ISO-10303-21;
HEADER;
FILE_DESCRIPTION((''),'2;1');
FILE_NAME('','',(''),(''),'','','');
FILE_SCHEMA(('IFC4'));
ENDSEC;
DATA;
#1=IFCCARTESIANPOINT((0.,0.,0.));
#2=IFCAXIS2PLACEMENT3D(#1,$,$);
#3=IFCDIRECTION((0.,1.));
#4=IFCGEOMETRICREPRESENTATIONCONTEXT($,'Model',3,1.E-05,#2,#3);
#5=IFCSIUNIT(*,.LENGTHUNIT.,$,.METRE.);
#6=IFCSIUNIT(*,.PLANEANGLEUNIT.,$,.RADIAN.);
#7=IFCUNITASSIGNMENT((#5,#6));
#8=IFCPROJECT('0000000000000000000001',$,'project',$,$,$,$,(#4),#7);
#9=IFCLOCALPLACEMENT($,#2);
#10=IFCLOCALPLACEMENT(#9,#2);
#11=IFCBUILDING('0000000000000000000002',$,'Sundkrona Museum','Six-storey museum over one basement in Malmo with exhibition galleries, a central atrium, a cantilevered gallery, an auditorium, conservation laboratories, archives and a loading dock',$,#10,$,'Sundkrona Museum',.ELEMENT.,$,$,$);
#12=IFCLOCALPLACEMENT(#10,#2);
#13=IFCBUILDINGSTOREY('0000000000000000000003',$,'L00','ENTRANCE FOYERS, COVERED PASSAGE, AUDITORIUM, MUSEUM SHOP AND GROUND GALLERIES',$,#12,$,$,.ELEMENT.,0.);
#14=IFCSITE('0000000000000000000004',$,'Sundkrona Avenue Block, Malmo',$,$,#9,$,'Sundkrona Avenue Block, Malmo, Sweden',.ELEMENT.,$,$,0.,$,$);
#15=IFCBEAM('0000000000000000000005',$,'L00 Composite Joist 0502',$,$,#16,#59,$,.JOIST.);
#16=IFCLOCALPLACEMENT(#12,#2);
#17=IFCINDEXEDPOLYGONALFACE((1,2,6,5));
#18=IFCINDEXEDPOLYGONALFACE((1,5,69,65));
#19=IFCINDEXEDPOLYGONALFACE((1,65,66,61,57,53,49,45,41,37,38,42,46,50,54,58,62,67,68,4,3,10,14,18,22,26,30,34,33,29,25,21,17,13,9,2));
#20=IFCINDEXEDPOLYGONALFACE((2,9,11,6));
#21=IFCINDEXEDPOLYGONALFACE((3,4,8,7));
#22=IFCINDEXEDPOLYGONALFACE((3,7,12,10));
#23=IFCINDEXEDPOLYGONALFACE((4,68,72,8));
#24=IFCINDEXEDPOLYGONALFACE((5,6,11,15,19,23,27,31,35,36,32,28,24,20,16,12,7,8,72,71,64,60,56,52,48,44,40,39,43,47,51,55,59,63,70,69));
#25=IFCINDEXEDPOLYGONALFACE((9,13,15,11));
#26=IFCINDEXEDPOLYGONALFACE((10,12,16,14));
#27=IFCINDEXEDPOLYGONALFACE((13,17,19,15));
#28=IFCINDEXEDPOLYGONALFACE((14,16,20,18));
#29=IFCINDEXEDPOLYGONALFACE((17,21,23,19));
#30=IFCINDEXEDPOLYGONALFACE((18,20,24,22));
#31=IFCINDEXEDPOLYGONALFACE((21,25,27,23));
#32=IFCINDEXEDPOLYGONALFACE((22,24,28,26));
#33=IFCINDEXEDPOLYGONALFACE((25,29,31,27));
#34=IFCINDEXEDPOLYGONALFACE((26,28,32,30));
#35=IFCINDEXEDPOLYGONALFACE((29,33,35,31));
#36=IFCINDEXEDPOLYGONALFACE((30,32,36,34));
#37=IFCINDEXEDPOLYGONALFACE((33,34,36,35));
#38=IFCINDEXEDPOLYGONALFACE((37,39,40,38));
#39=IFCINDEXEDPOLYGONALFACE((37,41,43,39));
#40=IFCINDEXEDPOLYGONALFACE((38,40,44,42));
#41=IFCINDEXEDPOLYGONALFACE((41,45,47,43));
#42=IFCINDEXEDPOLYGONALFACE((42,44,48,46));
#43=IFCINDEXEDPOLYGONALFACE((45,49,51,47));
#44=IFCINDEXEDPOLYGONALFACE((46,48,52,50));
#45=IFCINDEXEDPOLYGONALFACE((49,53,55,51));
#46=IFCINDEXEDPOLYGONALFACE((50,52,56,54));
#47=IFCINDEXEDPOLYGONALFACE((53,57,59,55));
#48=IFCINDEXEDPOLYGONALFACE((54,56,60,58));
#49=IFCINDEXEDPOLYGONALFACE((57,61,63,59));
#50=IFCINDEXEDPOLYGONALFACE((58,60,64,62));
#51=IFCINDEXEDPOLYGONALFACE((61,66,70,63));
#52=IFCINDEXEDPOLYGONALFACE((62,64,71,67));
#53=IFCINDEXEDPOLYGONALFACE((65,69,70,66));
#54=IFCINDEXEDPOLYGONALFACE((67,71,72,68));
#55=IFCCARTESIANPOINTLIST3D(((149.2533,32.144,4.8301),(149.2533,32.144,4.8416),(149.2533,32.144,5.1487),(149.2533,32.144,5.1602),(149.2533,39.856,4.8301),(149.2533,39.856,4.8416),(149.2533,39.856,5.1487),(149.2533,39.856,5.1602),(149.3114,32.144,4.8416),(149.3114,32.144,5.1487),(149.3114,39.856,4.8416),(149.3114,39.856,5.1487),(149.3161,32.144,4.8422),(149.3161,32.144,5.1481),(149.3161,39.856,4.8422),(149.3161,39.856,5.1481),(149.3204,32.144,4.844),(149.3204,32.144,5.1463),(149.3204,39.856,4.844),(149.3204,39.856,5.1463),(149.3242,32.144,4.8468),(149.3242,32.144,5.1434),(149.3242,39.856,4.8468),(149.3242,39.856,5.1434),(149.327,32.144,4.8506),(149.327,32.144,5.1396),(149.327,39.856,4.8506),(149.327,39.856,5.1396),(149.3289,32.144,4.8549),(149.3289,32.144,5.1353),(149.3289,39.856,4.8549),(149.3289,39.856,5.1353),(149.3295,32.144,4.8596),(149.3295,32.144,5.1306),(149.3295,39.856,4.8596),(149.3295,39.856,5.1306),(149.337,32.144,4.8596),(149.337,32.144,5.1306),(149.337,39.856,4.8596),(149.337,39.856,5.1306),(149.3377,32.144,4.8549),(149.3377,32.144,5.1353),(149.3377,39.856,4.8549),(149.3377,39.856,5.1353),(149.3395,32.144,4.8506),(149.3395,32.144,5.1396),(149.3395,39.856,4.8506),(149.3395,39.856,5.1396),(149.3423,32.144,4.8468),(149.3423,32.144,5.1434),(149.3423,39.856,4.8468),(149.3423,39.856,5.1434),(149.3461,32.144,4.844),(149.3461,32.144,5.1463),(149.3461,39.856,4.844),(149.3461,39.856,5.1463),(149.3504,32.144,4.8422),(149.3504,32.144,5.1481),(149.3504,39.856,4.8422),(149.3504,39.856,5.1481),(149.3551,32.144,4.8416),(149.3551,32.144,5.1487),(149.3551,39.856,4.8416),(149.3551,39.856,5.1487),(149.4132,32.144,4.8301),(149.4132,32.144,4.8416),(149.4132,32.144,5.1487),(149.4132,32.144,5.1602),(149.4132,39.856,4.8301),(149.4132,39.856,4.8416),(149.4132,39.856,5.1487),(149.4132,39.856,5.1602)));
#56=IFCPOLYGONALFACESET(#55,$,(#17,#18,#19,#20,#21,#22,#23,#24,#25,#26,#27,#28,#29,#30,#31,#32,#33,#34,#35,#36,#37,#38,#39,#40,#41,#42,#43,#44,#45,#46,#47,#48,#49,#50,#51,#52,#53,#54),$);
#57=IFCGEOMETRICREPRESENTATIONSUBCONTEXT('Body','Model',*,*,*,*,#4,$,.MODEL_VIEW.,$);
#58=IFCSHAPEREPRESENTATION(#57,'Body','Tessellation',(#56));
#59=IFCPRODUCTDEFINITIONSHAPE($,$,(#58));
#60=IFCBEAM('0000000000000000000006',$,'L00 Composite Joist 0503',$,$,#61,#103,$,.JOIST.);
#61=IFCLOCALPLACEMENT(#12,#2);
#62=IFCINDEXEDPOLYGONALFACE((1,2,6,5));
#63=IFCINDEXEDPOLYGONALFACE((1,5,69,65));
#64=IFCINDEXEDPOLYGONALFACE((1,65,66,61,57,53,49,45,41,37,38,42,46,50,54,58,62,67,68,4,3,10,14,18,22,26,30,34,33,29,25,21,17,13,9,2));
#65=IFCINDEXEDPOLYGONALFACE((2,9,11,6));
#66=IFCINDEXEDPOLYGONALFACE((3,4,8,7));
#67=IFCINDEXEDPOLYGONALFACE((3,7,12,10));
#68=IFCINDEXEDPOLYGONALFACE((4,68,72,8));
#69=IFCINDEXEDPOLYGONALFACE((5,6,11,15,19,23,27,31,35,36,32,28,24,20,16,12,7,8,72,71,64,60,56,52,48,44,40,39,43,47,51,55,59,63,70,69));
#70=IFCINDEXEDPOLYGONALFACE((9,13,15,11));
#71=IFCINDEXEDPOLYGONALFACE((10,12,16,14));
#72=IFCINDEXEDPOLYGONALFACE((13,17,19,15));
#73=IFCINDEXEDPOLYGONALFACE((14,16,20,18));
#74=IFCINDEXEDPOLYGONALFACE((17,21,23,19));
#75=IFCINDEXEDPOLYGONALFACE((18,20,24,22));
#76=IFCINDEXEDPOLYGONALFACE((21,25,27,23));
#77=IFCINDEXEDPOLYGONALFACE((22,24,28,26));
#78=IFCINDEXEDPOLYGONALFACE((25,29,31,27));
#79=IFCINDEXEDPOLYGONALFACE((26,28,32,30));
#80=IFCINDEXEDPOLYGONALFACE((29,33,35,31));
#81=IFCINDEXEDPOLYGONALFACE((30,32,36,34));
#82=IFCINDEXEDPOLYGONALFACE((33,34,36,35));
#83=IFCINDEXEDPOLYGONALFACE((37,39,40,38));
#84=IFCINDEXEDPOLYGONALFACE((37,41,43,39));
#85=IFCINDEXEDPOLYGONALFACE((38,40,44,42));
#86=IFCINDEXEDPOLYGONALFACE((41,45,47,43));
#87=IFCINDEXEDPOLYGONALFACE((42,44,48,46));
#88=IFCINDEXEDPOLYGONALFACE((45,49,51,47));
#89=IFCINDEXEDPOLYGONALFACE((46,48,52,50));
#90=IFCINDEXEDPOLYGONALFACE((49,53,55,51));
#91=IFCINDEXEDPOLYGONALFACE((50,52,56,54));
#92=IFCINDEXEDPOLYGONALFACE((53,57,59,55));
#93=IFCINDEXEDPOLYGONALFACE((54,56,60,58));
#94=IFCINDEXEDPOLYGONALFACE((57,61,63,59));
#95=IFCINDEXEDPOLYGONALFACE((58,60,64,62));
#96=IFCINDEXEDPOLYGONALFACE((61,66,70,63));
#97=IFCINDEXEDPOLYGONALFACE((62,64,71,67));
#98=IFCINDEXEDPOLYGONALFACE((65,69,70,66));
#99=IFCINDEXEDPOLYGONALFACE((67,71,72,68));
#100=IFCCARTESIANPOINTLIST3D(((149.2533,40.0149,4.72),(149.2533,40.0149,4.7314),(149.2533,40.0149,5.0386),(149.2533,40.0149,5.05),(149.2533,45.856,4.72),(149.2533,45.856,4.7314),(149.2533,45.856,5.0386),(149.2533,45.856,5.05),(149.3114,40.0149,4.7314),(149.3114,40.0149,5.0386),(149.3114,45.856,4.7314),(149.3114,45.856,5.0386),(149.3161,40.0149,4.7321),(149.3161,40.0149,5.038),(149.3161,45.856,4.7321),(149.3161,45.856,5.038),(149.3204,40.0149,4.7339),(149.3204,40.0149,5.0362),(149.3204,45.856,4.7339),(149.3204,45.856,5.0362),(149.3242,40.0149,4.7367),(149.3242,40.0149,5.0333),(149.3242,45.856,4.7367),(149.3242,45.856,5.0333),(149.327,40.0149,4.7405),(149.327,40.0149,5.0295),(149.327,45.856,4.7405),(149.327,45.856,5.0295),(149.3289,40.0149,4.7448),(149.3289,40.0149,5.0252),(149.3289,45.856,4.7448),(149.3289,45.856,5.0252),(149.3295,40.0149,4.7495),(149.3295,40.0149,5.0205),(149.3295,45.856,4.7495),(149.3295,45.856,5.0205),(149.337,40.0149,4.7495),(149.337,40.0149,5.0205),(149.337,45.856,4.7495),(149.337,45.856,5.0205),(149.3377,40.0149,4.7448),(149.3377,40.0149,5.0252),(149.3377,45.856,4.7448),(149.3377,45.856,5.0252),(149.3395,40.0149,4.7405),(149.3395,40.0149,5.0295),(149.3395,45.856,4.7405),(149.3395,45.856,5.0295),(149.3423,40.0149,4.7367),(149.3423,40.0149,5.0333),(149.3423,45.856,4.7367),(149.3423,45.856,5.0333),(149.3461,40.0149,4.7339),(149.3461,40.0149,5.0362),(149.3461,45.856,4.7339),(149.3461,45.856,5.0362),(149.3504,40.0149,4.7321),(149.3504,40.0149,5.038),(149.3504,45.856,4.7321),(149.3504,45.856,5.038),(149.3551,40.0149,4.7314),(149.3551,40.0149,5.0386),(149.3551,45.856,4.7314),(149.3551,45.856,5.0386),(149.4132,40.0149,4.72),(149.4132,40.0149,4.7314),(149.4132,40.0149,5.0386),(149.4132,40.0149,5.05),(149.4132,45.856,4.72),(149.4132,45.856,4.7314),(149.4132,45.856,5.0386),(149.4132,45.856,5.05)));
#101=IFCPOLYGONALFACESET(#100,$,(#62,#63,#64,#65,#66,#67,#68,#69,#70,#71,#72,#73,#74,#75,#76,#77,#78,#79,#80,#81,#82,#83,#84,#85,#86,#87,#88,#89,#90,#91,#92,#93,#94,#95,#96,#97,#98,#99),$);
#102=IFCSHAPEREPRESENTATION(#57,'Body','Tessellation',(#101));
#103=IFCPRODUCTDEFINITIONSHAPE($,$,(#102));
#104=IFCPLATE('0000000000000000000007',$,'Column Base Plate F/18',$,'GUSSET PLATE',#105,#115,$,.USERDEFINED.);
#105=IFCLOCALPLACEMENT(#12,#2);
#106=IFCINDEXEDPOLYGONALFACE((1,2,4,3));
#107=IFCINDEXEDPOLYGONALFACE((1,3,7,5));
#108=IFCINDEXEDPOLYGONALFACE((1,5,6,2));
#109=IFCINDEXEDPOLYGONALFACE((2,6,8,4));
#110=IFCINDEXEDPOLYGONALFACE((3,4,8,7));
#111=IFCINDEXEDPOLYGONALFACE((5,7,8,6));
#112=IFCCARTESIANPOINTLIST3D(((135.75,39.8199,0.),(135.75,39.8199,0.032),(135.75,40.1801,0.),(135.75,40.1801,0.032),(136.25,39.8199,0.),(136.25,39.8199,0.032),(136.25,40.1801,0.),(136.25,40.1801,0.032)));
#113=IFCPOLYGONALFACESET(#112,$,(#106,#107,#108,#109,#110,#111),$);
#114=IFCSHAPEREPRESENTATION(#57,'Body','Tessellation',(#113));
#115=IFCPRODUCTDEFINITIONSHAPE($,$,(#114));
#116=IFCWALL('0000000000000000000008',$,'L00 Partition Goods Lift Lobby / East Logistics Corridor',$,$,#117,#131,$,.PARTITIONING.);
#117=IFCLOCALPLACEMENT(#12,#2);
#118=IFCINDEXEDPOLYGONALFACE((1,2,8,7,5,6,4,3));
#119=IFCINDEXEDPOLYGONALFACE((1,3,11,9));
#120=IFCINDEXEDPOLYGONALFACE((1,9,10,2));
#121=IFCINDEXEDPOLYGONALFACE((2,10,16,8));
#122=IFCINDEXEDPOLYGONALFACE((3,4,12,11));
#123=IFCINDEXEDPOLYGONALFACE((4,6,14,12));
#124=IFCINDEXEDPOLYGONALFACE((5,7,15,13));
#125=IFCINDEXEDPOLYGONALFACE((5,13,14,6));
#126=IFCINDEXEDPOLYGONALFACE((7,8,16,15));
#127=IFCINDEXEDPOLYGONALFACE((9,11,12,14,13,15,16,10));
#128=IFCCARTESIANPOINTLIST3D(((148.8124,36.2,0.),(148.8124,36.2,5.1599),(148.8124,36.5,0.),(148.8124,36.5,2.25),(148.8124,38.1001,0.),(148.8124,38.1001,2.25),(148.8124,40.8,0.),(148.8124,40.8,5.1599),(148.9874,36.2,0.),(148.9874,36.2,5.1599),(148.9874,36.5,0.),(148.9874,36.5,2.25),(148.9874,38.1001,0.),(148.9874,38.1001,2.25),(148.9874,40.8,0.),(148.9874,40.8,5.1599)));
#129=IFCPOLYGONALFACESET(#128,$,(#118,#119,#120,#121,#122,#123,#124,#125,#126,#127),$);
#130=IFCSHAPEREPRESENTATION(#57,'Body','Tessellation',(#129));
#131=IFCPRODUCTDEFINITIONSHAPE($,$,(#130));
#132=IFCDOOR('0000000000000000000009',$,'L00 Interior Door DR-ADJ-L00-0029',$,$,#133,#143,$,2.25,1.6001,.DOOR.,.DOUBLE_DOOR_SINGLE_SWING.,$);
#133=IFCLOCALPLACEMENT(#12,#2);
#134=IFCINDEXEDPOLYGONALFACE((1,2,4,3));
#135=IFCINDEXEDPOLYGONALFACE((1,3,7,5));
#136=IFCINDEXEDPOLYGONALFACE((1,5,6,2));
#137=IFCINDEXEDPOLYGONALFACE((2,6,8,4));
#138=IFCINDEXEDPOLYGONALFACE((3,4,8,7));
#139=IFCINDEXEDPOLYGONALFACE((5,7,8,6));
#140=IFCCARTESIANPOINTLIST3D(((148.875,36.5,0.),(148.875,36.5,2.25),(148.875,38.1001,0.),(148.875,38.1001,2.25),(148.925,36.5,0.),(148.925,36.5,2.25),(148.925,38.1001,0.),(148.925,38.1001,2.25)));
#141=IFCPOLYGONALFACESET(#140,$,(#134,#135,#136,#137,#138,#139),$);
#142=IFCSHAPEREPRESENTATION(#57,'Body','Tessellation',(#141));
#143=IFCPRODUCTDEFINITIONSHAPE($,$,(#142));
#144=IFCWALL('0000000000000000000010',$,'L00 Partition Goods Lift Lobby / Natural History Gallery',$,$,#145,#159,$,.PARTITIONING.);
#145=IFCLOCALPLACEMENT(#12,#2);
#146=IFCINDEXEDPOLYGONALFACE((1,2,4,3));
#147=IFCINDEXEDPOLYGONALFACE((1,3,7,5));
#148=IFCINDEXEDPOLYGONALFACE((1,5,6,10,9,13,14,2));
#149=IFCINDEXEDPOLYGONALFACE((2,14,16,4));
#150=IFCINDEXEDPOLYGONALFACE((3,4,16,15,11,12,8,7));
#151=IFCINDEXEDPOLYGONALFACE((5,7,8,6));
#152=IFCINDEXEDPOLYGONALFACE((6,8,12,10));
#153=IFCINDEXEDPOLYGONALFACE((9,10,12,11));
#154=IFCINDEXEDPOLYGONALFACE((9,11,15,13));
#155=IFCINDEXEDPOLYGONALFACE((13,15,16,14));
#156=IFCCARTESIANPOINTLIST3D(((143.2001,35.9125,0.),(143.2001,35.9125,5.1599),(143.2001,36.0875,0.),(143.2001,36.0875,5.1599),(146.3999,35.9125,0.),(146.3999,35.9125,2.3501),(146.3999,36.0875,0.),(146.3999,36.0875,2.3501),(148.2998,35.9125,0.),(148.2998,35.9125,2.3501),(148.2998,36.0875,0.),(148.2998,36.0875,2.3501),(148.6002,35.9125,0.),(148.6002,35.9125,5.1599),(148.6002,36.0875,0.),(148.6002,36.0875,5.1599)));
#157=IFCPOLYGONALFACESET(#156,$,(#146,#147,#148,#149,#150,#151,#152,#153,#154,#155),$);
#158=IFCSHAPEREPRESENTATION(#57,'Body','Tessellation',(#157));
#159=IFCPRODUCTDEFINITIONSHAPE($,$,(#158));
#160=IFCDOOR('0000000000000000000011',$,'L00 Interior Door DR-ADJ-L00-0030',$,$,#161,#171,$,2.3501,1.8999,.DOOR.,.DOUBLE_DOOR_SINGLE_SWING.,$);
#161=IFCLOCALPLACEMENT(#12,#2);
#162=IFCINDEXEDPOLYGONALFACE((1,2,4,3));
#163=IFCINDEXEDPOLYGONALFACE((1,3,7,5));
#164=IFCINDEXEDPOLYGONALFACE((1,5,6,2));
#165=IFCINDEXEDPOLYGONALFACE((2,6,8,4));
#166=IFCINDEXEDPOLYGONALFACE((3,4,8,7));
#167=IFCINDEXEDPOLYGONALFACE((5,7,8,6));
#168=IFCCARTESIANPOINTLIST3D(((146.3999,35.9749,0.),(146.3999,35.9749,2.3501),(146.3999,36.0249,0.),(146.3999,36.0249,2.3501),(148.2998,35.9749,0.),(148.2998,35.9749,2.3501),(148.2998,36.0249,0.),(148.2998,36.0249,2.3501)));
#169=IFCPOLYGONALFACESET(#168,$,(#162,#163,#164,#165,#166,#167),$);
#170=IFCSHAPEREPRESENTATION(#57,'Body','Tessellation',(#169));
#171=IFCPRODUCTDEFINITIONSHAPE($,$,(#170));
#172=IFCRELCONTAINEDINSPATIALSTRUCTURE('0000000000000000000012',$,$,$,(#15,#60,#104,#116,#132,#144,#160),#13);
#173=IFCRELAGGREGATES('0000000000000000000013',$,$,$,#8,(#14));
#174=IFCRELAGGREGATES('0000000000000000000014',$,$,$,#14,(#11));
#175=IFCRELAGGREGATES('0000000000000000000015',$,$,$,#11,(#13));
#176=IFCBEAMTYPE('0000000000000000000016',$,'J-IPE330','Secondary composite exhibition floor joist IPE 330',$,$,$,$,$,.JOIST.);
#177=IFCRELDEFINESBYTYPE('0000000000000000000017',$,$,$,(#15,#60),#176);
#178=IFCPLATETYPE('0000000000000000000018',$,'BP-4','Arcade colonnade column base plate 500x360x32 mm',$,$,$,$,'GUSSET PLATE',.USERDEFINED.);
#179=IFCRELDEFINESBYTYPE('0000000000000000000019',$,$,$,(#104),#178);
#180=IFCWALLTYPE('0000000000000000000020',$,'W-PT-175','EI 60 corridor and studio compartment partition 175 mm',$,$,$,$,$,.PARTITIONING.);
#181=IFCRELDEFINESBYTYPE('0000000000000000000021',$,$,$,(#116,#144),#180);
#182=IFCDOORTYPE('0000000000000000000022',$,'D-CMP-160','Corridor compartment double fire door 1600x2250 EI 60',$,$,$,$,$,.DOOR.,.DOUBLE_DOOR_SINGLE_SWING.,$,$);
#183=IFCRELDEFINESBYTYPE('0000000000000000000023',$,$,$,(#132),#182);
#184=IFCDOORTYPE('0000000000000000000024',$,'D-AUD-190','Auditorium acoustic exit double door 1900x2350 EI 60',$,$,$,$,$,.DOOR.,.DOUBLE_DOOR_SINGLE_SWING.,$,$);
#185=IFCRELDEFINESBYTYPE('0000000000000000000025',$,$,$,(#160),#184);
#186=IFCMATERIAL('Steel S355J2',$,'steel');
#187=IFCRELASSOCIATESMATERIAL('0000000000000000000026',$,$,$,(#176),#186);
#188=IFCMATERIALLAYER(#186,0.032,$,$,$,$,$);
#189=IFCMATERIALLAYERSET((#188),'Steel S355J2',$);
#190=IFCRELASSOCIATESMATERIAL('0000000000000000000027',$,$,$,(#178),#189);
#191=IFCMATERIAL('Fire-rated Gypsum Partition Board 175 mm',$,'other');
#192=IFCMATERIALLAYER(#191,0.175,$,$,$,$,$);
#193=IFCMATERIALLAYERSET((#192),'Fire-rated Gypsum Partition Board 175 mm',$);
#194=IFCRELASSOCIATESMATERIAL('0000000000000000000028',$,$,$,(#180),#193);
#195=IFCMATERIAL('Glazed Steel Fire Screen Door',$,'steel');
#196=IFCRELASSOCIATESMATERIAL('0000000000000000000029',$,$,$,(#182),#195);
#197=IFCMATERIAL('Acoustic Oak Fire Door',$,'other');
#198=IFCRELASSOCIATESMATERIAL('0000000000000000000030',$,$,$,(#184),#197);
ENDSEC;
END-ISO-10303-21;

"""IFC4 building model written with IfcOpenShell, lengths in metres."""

from ifc_helpers import new_model, si_unit, direction, frame, frame_2d, origin, origin_2d, place, context, subcontext, project, spatial, rectangle, i_section, extrude, material, layer, layer_set, material_profile, profile_set, type_object, element, fill, save


model = new_model("IFC4")

# Units and contexts
model_context = context("Model", 3, precision=1e-05, world=origin(), true_north=direction((0.0, 1.0)))
body_context = subcontext(model_context, "Body", "Model", "MODEL_VIEW")
ifc_project = project(units=[si_unit("LENGTHUNIT", "METRE"), si_unit("PLANEANGLEUNIT", "RADIAN")], contexts=[model_context])

# Site, building, storey
site_placement = place(None, origin())
site = spatial("IfcSite", under=ifc_project, at=site_placement, Name="Sundkrona Avenue Block, Malmo", LongName="Sundkrona Avenue Block, Malmo, Sweden", CompositionType="ELEMENT", RefElevation=0.0)
building_placement = place(site_placement, origin())
building = spatial("IfcBuilding", under=site, at=building_placement, Name="Sundkrona Museum", Description="Six-storey museum over one basement in Malmo with exhibition galleries, a central atrium, a cantilevered gallery, an auditorium, conservation laboratories, archives and a loading dock", LongName="Sundkrona Museum", CompositionType="ELEMENT")
storey_placement = place(building_placement, origin())
storey = spatial("IfcBuildingStorey", under=building, at=storey_placement, Name="L00", Description="ENTRANCE FOYERS, COVERED PASSAGE, AUDITORIUM, MUSEUM SHOP AND GROUND GALLERIES", CompositionType="ELEMENT", Elevation=0.0)

# Shared definitions
ifc_material_1 = material(Name="Steel S355J2", Category="steel")

# Beams
ifc_material_profile_1 = material_profile(ifc_material_1, i_section(OverallWidth=0.1599, OverallDepth=0.3301, WebThickness=0.0076, FlangeThickness=0.0115, FilletRadius=0.0181, at=origin_2d()), Name="IPE 330")
ifc_profile_set_1 = profile_set([ifc_material_profile_1], Name="Steel S355J2")
beam_type_1 = type_object("IfcBeamType", Name="J-IPE330", Description="Secondary composite exhibition floor joist IPE 330", PredefinedType="JOIST", material=ifc_profile_set_1)
for number, where, z_axis, x_axis, name in (
    (1, (149.3333, 32.144, 4.9951), (0.0, 1.0, 0.0), (-1.0, 0.0, 0.0), "L00 Composite Joist 0502"),
):
    element("IfcBeam", number, at=place(storey_placement, frame(where, z_axis=z_axis, x_axis=x_axis)), inside=storey, type_object=beam_type_1, Name=name, PredefinedType="JOIST", context=body_context, shape_type="SweptSolid", body=[
        extrude(i_section(OverallWidth=0.1599, OverallDepth=0.3301, WebThickness=0.0076, FlangeThickness=0.0115, FilletRadius=0.0181, at=origin_2d()), origin(), (0.0, 0.0, 1.0), 7.7119),
    ])
beam_1_placement = place(storey_placement, frame((149.3333, 40.0149, 4.885), z_axis=(0.0, 1.0, 0.0), x_axis=(-1.0, 0.0, 0.0)))
element("IfcBeam", 2, at=beam_1_placement, inside=storey, type_object=beam_type_1, Name="L00 Composite Joist 0503", PredefinedType="JOIST", context=body_context, shape_type="SweptSolid", body=[
    extrude(i_section(OverallWidth=0.1599, OverallDepth=0.3301, WebThickness=0.0076, FlangeThickness=0.0115, FilletRadius=0.0181, at=origin_2d()), origin(), (0.0, 0.0, 1.0), 5.8411),
])

# Plate
ifc_layer_1 = layer(ifc_material_1, 0.032)
ifc_layer_set_1 = layer_set([ifc_layer_1], Name="Steel S355J2")
plate_type = type_object("IfcPlateType", Name="BP-4", Description="Arcade colonnade column base plate 500x360x32 mm", ElementType="GUSSET PLATE", PredefinedType="USERDEFINED", material=ifc_layer_set_1)
plate_placement = place(storey_placement, frame((136.0, 40.0, 0.0), z_axis=(0.0, 0.0, 1.0), x_axis=(1.0, 0.0, 0.0)))
element("IfcPlate", 3, at=plate_placement, inside=storey, type_object=plate_type, Name="Column Base Plate F/18", ObjectType="GUSSET PLATE", PredefinedType="USERDEFINED", context=body_context, shape_type="SweptSolid", body=[
    extrude(rectangle(XDim=0.5, YDim=0.3601, at=origin_2d()), origin(), (0.0, 0.0, 1.0), 0.032),
])

# Walls, openings, doors
ifc_material_2 = material(Name="Fire-rated Gypsum Partition Board 175 mm", Category="other")
ifc_layer_2 = layer(ifc_material_2, 0.175)
ifc_layer_set_2 = layer_set([ifc_layer_2], Name="Fire-rated Gypsum Partition Board 175 mm")
wall_type = type_object("IfcWallType", Name="W-PT-175", Description="EI 60 corridor and studio compartment partition 175 mm", PredefinedType="PARTITIONING", material=ifc_layer_set_2)
wall_1_placement = place(storey_placement, frame((148.8999, 36.2, 0.0), z_axis=(0.0, 0.0, 1.0), x_axis=(0.0, 1.0, 0.0)))
wall_1 = element("IfcWall", 4, at=wall_1_placement, inside=storey, type_object=wall_type, Name="L00 Partition Goods Lift Lobby / East Logistics Corridor", PredefinedType="PARTITIONING", context=body_context, shape_type="SweptSolid", body=[
    extrude(rectangle(XDim=4.6001, YDim=0.175, at=frame_2d((2.3, 0.0))), origin(), (0.0, 0.0, 1.0), 5.1599),
])
opening_1_placement = place(wall_1_placement, frame((0.3, 0.0, 0.0)))
opening_1 = element("IfcOpeningElement", 5, at=opening_1_placement, cuts=wall_1, PredefinedType="OPENING", context=body_context, shape_type="SweptSolid", body=[
    extrude(rectangle(XDim=1.6001, YDim=2.25, at=frame_2d((0.8, 1.125))), frame((0.0, 0.0974, 0.0), z_axis=(0.0, -1.0, 0.0), x_axis=(1.0, 0.0, 0.0)), (0.0, 0.0, 1.0), 0.1951),
])
ifc_material_3 = material(Name="Glazed Steel Fire Screen Door", Category="steel")
door_type_1 = type_object("IfcDoorType", Name="D-CMP-160", Description="Corridor compartment double fire door 1600x2250 EI 60", OperationType="DOUBLE_DOOR_SINGLE_SWING", PredefinedType="DOOR", material=ifc_material_3)
door_1_placement = place(opening_1_placement, origin())
door_1 = element("IfcDoor", 6, at=door_1_placement, inside=storey, type_object=door_type_1, Name="L00 Interior Door DR-ADJ-L00-0029", OperationType="DOUBLE_DOOR_SINGLE_SWING", OverallHeight=2.25, OverallWidth=1.6001, PredefinedType="DOOR", context=body_context, shape_type="SweptSolid", body=[
    extrude(rectangle(XDim=1.6001, YDim=2.25, at=frame_2d((0.8, 1.125))), frame((0.0, 0.0249, 0.0), z_axis=(0.0, -1.0, 0.0), x_axis=(1.0, 0.0, 0.0)), (0.0, 0.0, 1.0), 0.05),
])
fill(opening_1, door_1)
wall_2_placement = place(storey_placement, frame((143.2, 36.0, 0.0), z_axis=(0.0, 0.0, 1.0), x_axis=(1.0, 0.0, 0.0)))
wall_2 = element("IfcWall", 7, at=wall_2_placement, inside=storey, type_object=wall_type, Name="L00 Partition Goods Lift Lobby / Natural History Gallery", PredefinedType="PARTITIONING", context=body_context, shape_type="SweptSolid", body=[
    extrude(rectangle(XDim=5.4001, YDim=0.175, at=frame_2d((2.7002, 0.0))), origin(), (0.0, 0.0, 1.0), 5.1599),
])
opening_2_placement = place(wall_2_placement, frame((3.2, 0.0, 0.0)))
opening_2 = element("IfcOpeningElement", 8, at=opening_2_placement, cuts=wall_2, PredefinedType="OPENING", context=body_context, shape_type="SweptSolid", body=[
    extrude(rectangle(XDim=1.8999, YDim=2.3501, at=frame_2d((0.95, 1.175))), frame((0.0, 0.0974, 0.0), z_axis=(0.0, -1.0, 0.0), x_axis=(1.0, 0.0, 0.0)), (0.0, 0.0, 1.0), 0.1951),
])
ifc_material_4 = material(Name="Acoustic Oak Fire Door", Category="other")
door_type_2 = type_object("IfcDoorType", Name="D-AUD-190", Description="Auditorium acoustic exit double door 1900x2350 EI 60", OperationType="DOUBLE_DOOR_SINGLE_SWING", PredefinedType="DOOR", material=ifc_material_4)
door_2_placement = place(opening_2_placement, origin())
door_2 = element("IfcDoor", 9, at=door_2_placement, inside=storey, type_object=door_type_2, Name="L00 Interior Door DR-ADJ-L00-0030", OperationType="DOUBLE_DOOR_SINGLE_SWING", OverallHeight=2.3501, OverallWidth=1.8999, PredefinedType="DOOR", context=body_context, shape_type="SweptSolid", body=[
    extrude(rectangle(XDim=1.8999, YDim=2.3501, at=frame_2d((0.95, 1.175))), frame((0.0, 0.0249, 0.0), z_axis=(0.0, -1.0, 0.0), x_axis=(1.0, 0.0, 0.0)), (0.0, 0.0, 1.0), 0.05),
])
fill(opening_2, door_2)

save(model, "model.ifc")
